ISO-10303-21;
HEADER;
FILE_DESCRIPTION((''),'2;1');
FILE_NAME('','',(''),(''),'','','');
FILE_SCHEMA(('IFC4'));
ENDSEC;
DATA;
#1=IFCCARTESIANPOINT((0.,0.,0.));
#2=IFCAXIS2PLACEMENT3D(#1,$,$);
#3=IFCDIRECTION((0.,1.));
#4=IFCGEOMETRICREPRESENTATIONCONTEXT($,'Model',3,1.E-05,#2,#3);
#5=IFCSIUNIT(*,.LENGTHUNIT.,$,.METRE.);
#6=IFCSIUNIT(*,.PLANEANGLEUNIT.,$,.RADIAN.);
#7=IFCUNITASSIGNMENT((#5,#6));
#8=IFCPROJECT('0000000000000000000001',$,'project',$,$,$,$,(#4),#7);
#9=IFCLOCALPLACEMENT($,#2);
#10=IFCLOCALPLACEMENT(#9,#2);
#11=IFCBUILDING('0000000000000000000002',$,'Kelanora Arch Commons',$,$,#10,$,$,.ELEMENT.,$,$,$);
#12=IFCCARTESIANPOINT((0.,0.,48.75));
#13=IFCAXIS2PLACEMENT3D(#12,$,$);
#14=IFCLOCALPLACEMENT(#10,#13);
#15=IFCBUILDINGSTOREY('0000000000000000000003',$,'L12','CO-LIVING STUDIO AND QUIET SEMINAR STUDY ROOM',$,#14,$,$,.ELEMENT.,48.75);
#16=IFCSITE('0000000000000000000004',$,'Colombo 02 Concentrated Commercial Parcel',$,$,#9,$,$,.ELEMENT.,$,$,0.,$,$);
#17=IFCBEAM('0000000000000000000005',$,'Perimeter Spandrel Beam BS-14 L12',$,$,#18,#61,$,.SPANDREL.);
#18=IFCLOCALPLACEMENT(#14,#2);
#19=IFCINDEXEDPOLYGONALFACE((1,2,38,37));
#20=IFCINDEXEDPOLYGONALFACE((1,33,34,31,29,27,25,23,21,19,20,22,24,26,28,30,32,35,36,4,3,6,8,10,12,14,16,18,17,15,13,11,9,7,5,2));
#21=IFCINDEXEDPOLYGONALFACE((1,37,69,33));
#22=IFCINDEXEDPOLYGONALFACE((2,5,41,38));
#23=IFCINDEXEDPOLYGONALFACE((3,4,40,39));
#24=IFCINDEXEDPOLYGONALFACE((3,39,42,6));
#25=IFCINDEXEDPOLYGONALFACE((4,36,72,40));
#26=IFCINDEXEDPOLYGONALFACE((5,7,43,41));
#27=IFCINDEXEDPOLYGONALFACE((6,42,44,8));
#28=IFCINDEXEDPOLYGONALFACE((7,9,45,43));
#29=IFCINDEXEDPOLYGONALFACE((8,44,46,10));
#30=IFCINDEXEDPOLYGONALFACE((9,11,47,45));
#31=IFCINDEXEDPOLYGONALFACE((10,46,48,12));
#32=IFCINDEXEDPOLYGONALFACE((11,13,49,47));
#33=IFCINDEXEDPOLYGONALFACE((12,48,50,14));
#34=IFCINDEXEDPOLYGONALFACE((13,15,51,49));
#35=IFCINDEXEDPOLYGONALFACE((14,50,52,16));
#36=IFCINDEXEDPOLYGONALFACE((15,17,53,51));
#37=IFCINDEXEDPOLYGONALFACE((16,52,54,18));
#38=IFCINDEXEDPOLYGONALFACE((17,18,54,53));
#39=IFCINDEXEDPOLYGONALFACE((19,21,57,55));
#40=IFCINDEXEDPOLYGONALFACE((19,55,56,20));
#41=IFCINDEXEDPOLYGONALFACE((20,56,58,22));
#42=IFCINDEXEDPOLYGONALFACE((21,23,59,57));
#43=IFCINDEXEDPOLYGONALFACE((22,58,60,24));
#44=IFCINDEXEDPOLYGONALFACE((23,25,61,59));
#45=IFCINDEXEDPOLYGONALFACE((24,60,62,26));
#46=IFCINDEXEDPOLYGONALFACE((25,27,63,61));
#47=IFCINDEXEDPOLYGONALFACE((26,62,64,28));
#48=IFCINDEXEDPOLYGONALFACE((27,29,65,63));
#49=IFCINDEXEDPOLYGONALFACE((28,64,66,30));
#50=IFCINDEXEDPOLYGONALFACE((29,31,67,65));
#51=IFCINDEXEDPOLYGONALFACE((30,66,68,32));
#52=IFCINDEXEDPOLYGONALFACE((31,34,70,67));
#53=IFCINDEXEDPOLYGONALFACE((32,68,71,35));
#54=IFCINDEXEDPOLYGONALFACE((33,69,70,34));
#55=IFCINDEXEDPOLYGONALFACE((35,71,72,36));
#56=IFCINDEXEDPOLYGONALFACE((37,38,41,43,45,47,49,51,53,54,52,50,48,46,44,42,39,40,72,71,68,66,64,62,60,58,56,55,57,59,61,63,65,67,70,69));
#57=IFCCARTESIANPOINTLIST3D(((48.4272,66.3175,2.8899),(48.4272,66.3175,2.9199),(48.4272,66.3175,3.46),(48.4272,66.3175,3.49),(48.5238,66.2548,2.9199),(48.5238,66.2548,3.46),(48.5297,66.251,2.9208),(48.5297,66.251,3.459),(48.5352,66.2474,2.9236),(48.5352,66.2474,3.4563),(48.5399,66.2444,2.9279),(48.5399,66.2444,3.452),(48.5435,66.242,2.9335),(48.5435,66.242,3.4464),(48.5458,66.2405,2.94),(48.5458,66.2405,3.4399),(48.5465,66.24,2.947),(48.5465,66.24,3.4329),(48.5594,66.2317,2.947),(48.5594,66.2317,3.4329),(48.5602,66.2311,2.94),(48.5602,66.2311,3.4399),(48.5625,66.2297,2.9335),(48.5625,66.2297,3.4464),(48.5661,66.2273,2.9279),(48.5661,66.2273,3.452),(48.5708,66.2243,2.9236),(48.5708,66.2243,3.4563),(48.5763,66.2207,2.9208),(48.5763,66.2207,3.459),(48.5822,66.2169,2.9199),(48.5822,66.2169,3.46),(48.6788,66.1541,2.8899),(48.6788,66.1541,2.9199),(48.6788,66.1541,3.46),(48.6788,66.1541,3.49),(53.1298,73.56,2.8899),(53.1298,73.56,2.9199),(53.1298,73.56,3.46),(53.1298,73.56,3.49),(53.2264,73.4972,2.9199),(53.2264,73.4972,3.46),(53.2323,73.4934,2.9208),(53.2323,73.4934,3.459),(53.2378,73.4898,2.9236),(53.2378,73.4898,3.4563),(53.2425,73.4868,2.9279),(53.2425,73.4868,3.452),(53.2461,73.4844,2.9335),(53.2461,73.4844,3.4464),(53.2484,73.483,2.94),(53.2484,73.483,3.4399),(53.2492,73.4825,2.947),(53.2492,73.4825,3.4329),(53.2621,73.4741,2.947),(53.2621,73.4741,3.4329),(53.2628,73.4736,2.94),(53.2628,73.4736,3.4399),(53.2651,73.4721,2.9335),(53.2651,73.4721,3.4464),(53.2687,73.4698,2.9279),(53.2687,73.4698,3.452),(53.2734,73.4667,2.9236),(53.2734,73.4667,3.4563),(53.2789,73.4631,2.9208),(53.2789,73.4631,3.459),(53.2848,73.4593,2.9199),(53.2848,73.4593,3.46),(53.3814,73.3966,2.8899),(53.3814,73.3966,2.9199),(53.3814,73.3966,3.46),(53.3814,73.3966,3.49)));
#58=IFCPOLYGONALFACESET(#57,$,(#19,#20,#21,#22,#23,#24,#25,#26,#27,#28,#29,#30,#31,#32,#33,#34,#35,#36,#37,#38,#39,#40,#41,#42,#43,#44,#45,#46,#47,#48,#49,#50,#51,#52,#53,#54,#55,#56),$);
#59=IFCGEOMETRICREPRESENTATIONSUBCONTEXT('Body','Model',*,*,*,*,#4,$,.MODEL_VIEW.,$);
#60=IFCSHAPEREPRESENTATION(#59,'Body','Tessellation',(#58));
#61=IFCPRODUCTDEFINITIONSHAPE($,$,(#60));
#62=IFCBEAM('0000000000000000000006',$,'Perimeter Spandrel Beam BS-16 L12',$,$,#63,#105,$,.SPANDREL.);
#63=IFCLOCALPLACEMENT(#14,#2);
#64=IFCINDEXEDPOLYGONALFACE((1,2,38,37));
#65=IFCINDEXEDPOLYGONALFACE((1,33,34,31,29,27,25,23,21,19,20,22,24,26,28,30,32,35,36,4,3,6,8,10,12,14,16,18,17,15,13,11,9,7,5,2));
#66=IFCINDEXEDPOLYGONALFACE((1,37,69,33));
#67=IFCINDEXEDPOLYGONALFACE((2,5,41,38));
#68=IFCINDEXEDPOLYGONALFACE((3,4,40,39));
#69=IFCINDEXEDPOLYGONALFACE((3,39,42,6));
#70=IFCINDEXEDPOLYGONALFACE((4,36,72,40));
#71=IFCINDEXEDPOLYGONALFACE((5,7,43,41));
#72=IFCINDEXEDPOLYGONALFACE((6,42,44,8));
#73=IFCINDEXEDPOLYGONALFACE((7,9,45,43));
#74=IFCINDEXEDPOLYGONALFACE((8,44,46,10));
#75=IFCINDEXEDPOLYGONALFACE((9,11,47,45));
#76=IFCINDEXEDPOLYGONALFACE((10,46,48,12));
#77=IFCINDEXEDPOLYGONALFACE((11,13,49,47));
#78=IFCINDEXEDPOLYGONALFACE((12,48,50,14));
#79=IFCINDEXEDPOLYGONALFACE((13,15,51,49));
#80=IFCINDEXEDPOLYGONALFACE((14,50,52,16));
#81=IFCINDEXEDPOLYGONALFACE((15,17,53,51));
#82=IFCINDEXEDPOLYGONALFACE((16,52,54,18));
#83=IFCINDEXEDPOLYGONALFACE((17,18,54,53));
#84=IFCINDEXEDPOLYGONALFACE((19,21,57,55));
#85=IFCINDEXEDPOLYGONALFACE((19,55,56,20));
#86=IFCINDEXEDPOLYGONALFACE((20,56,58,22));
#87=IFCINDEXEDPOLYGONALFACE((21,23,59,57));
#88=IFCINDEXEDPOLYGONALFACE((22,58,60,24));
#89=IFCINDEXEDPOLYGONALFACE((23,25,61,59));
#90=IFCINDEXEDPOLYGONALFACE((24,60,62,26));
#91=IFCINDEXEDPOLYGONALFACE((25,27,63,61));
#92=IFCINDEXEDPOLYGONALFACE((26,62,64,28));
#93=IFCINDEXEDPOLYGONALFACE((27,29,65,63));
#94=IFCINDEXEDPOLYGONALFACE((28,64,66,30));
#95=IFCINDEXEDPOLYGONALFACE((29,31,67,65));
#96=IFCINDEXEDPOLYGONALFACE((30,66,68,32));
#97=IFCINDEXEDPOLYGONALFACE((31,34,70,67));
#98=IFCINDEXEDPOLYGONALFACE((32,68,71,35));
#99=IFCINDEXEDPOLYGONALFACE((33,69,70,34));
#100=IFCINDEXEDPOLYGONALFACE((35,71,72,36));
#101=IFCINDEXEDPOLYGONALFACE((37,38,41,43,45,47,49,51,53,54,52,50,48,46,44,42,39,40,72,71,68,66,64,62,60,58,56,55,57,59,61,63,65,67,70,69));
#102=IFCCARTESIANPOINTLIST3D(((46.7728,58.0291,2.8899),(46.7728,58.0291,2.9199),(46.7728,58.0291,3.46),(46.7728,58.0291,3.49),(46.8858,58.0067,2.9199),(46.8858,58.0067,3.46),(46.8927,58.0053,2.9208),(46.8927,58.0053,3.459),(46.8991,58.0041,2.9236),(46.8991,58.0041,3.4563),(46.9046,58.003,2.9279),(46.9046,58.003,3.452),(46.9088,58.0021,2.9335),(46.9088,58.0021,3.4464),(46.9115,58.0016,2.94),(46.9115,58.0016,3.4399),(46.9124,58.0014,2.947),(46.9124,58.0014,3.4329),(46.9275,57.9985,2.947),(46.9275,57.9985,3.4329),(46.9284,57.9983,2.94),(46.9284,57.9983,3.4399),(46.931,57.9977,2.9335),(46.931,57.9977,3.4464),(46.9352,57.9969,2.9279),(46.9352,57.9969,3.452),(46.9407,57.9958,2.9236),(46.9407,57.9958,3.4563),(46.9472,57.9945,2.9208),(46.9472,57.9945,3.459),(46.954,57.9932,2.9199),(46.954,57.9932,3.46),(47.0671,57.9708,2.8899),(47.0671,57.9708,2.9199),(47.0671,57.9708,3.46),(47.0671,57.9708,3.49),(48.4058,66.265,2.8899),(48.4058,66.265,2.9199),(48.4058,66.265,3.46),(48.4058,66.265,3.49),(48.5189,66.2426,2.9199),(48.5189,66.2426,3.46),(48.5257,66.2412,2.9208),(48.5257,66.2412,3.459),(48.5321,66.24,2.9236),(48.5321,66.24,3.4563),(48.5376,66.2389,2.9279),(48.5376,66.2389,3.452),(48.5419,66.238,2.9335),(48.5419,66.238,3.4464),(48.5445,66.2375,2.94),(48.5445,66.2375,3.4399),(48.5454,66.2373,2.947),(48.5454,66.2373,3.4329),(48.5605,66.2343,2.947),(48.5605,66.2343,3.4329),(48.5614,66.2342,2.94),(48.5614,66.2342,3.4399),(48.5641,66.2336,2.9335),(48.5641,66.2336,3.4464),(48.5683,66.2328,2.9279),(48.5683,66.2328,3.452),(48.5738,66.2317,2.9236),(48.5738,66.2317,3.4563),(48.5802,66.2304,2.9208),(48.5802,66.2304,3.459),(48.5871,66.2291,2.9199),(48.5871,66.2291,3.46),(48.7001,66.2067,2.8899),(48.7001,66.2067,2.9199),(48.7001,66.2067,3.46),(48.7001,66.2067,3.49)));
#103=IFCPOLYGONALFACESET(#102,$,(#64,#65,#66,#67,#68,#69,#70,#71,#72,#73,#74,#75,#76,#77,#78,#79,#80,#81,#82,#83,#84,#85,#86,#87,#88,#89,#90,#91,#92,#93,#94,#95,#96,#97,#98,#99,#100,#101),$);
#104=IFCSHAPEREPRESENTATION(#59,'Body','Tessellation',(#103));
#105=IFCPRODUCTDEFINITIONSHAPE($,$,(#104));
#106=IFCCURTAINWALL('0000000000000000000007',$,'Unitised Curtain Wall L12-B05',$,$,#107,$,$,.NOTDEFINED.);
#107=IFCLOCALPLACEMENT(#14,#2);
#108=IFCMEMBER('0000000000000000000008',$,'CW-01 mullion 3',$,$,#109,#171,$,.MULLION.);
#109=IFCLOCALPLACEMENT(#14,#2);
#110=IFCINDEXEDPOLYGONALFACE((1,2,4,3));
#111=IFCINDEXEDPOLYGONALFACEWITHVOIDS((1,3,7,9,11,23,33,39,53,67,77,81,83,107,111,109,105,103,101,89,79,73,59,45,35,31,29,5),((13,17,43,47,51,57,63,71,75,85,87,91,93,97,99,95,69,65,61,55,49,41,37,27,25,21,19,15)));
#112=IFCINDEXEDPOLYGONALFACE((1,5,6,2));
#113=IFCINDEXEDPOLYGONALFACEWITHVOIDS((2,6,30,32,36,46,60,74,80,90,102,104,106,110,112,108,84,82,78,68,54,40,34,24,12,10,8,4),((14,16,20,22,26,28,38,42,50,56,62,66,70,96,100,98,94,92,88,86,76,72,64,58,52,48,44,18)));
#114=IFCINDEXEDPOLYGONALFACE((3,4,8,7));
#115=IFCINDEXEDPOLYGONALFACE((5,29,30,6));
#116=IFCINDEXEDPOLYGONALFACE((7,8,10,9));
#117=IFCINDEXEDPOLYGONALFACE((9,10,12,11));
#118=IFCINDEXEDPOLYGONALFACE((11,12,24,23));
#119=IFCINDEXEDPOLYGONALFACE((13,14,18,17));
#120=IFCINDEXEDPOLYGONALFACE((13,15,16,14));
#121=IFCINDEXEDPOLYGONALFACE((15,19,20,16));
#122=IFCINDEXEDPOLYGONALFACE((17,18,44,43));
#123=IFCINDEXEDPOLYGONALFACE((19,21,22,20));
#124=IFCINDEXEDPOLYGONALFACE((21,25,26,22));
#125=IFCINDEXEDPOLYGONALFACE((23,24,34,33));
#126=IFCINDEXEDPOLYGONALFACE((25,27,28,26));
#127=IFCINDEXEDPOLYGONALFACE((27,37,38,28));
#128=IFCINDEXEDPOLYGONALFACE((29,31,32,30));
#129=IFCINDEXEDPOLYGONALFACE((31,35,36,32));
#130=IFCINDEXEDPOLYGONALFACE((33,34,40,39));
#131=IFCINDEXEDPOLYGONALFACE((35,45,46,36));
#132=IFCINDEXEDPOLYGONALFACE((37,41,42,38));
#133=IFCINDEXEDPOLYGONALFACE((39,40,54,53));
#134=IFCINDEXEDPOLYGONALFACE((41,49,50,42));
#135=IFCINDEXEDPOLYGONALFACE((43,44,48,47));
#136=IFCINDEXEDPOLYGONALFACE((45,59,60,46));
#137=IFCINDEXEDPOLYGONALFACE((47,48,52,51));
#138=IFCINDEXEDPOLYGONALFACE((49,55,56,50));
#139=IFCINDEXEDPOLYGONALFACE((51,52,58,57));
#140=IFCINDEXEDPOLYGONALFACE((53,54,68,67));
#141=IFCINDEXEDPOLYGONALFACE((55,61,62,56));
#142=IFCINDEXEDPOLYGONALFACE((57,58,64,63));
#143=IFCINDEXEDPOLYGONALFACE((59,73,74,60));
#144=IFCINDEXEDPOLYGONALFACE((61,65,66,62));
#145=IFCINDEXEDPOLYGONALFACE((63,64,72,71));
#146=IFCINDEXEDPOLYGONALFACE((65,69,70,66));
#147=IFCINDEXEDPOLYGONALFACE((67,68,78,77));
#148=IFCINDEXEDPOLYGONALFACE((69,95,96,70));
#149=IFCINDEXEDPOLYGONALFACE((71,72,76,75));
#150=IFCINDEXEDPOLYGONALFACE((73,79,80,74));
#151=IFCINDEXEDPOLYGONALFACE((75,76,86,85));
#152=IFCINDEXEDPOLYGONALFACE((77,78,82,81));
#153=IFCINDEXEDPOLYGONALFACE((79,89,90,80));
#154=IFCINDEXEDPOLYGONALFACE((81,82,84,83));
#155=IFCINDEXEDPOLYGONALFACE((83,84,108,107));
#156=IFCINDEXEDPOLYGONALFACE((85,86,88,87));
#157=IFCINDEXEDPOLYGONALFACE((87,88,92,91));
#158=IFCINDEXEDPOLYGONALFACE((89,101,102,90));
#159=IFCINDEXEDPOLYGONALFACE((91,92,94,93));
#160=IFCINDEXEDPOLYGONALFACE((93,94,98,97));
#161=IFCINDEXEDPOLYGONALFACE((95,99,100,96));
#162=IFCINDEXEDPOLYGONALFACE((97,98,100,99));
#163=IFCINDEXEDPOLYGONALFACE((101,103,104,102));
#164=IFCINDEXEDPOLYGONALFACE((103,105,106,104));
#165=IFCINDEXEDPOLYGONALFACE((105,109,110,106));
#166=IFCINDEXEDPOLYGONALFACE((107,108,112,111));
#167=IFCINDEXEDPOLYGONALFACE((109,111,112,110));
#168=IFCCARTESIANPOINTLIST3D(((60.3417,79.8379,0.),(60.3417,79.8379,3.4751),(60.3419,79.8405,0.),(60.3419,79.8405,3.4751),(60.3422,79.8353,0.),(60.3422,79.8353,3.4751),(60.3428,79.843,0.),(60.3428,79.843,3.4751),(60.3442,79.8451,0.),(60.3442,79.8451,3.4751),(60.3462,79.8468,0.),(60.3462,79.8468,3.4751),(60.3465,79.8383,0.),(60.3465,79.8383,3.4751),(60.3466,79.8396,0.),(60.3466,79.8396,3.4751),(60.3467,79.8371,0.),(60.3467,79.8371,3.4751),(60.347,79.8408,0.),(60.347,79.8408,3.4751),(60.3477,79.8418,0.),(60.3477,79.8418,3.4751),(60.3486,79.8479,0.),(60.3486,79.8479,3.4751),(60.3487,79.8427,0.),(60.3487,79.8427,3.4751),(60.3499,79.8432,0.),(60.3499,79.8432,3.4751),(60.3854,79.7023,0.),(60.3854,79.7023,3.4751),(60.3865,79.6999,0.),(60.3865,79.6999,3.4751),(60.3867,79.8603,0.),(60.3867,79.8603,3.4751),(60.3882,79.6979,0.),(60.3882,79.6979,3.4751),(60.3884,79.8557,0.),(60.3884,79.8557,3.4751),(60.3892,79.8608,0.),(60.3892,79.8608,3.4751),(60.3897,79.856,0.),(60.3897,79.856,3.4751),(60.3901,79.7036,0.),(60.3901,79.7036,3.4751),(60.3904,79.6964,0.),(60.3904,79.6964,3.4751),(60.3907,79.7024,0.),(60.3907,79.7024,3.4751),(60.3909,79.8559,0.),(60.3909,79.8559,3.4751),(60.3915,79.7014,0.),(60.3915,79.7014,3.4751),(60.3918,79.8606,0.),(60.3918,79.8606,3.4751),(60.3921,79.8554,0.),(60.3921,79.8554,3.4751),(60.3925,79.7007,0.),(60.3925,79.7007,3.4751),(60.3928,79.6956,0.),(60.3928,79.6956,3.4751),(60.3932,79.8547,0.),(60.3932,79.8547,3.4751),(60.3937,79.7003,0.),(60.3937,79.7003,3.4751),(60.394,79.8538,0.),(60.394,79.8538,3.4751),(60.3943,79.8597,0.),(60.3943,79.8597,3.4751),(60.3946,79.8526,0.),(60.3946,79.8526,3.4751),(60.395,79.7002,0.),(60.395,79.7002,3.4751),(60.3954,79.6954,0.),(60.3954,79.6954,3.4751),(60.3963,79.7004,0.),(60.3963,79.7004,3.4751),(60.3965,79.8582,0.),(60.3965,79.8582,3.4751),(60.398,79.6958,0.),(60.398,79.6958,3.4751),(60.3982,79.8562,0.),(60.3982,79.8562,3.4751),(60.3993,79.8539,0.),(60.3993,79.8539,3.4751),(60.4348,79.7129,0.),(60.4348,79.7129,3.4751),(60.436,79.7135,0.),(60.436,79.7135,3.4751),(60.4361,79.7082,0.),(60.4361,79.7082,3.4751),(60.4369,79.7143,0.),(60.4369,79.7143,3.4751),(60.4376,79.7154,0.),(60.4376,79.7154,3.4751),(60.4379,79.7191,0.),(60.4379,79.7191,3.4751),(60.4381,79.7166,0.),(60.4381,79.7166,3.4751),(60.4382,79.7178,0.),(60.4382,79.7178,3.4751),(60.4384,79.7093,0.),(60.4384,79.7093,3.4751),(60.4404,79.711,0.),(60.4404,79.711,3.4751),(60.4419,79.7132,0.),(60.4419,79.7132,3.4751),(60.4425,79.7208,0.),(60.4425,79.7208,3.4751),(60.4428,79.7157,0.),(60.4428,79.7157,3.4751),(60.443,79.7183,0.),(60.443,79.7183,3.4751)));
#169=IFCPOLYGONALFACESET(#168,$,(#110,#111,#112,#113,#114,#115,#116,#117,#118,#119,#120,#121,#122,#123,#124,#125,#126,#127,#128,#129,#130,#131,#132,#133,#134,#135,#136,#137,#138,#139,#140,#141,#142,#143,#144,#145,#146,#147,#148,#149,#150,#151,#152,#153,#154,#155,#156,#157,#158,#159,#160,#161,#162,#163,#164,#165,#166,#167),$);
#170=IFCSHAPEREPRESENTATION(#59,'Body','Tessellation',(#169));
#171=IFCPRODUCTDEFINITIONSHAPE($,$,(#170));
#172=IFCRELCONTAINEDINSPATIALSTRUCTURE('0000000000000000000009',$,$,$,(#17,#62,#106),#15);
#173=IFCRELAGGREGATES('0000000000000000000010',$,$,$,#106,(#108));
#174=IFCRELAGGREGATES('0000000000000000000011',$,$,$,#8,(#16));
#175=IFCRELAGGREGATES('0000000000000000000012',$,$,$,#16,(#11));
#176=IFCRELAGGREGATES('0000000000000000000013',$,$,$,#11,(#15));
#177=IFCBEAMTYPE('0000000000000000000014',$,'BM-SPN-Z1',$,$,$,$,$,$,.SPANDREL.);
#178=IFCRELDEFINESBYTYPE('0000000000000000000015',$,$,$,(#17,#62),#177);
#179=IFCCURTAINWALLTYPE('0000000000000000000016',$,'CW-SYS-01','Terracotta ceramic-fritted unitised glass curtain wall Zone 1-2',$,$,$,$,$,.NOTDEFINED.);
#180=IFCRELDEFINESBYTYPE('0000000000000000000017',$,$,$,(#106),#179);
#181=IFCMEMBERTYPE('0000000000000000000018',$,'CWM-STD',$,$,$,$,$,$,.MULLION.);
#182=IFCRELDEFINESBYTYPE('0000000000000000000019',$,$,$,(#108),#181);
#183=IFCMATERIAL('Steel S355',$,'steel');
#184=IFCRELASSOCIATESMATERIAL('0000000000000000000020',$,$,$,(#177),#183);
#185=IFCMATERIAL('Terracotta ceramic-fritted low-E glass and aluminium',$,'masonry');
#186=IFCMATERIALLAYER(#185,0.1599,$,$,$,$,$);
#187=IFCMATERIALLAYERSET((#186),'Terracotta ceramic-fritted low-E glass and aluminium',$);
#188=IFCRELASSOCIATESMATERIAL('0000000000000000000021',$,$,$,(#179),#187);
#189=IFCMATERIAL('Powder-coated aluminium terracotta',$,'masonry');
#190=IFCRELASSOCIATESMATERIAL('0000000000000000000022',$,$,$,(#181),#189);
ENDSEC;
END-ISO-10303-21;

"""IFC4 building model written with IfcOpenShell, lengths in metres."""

from ifc_helpers import new_model, si_unit, direction, frame, origin, origin_2d, place, context, subcontext, project, spatial, hollow_rectangle, i_section, extrude, material, layer, layer_set, material_profile, profile_set, type_object, element, aggregate, save


model = new_model("IFC4")

# Units and contexts
model_context = context("Model", 3, precision=1e-05, world=origin(), true_north=direction((0.0, 1.0)))
body_context = subcontext(model_context, "Body", "Model", "MODEL_VIEW")
ifc_project = project(units=[si_unit("LENGTHUNIT", "METRE"), si_unit("PLANEANGLEUNIT", "RADIAN")], contexts=[model_context])

# Site, building, storey
site_placement = place(None, origin())
site = spatial("IfcSite", under=ifc_project, at=site_placement, Name="Colombo 02 Concentrated Commercial Parcel", CompositionType="ELEMENT", RefElevation=0.0)
building_placement = place(site_placement, origin())
building = spatial("IfcBuilding", under=site, at=building_placement, Name="Kelanora Arch Commons", CompositionType="ELEMENT")
storey_placement = place(building_placement, frame((0.0, 0.0, 48.75)))
storey = spatial("IfcBuildingStorey", under=building, at=storey_placement, Name="L12", Description="CO-LIVING STUDIO AND QUIET SEMINAR STUDY ROOM", CompositionType="ELEMENT", Elevation=48.75)

# Beams
ifc_material_1 = material(Name="Steel S355", Category="steel")
ifc_material_profile_1 = material_profile(ifc_material_1, i_section(OverallWidth=0.3, OverallDepth=0.6001, WebThickness=0.0154, FlangeThickness=0.03, FilletRadius=0.0271, at=origin_2d()), Name="HEB600")
ifc_profile_set_1 = profile_set([ifc_material_profile_1], Name="Steel S355")
beam_type_1 = type_object("IfcBeamType", Name="BM-SPN-Z1", PredefinedType="SPANDREL", material=ifc_profile_set_1)
beam_1_placement = place(storey_placement, frame((53.2556, 73.4783, 3.1899), z_axis=(-0.544586, -0.838705, 0.0), x_axis=(0.838705, -0.544586, 0.0)))
element("IfcBeam", 1, at=beam_1_placement, inside=storey, type_object=beam_type_1, Name="Perimeter Spandrel Beam BS-14 L12", PredefinedType="SPANDREL", context=body_context, shape_type="SweptSolid", body=[
    extrude(i_section(OverallWidth=0.3, OverallDepth=0.6001, WebThickness=0.0154, FlangeThickness=0.03, FilletRadius=0.0271, at=origin_2d()), origin(), (0.0, 0.0, 1.0), 8.6353),
])
beam_2_placement = place(storey_placement, frame((48.553, 66.2358, 3.1899), z_axis=(-0.1945, -0.980903, 0.0), x_axis=(0.980903, -0.1945, 0.0)))
element("IfcBeam", 2, at=beam_2_placement, inside=storey, type_object=beam_type_1, Name="Perimeter Spandrel Beam BS-16 L12", PredefinedType="SPANDREL", context=body_context, shape_type="SweptSolid", body=[
    extrude(i_section(OverallWidth=0.3, OverallDepth=0.6001, WebThickness=0.0154, FlangeThickness=0.03, FilletRadius=0.0271, at=origin_2d()), origin(), (0.0, 0.0, 1.0), 8.3962),
])

# Curtain wall, member
ifc_material_2 = material(Name="Terracotta ceramic-fritted low-E glass and aluminium", Category="masonry")
ifc_layer_1 = layer(ifc_material_2, 0.1599)
ifc_layer_set_1 = layer_set([ifc_layer_1], Name="Terracotta ceramic-fritted low-E glass and aluminium")
curtain_wall_type = type_object("IfcCurtainWallType", Name="CW-SYS-01", Description="Terracotta ceramic-fritted unitised glass curtain wall Zone 1-2", PredefinedType="NOTDEFINED", material=ifc_layer_set_1)
curtain_wall_1_placement = place(storey_placement, origin())
curtain_wall_1 = element("IfcCurtainWall", 3, at=curtain_wall_1_placement, inside=storey, type_object=curtain_wall_type, Name="Unitised Curtain Wall L12-B05", PredefinedType="NOTDEFINED")
ifc_material_3 = material(Name="Powder-coated aluminium terracotta", Category="masonry")
ifc_material_profile_2 = material_profile(ifc_material_3, hollow_rectangle(XDim=0.1599, YDim=0.0601, WallThickness=0.0049, InnerFilletRadius=0.0049, OuterFilletRadius=0.01, at=origin_2d()), Name="CWM160x60")
ifc_profile_set_2 = profile_set([ifc_material_profile_2], Name="Powder-coated aluminium terracotta")
member_type = type_object("IfcMemberType", Name="CWM-STD", PredefinedType="MULLION", material=ifc_profile_set_2)
member_1_placement = place(storey_placement, frame((60.3923, 79.7781, 0.0), z_axis=(0.0, 0.0, 1.0), x_axis=(0.309058, -0.951043, 0.0)))
member_1 = element("IfcMember", 4, at=member_1_placement, type_object=member_type, Name="CW-01 mullion 3", PredefinedType="MULLION", context=body_context, shape_type="SweptSolid", body=[
    extrude(hollow_rectangle(XDim=0.1599, YDim=0.0601, WallThickness=0.0049, InnerFilletRadius=0.0049, OuterFilletRadius=0.01, at=origin_2d()), origin(), (0.0, 0.0, 1.0), 3.4751),
])

aggregate(curtain_wall_1, [member_1])

save(model, "model.ifc")
